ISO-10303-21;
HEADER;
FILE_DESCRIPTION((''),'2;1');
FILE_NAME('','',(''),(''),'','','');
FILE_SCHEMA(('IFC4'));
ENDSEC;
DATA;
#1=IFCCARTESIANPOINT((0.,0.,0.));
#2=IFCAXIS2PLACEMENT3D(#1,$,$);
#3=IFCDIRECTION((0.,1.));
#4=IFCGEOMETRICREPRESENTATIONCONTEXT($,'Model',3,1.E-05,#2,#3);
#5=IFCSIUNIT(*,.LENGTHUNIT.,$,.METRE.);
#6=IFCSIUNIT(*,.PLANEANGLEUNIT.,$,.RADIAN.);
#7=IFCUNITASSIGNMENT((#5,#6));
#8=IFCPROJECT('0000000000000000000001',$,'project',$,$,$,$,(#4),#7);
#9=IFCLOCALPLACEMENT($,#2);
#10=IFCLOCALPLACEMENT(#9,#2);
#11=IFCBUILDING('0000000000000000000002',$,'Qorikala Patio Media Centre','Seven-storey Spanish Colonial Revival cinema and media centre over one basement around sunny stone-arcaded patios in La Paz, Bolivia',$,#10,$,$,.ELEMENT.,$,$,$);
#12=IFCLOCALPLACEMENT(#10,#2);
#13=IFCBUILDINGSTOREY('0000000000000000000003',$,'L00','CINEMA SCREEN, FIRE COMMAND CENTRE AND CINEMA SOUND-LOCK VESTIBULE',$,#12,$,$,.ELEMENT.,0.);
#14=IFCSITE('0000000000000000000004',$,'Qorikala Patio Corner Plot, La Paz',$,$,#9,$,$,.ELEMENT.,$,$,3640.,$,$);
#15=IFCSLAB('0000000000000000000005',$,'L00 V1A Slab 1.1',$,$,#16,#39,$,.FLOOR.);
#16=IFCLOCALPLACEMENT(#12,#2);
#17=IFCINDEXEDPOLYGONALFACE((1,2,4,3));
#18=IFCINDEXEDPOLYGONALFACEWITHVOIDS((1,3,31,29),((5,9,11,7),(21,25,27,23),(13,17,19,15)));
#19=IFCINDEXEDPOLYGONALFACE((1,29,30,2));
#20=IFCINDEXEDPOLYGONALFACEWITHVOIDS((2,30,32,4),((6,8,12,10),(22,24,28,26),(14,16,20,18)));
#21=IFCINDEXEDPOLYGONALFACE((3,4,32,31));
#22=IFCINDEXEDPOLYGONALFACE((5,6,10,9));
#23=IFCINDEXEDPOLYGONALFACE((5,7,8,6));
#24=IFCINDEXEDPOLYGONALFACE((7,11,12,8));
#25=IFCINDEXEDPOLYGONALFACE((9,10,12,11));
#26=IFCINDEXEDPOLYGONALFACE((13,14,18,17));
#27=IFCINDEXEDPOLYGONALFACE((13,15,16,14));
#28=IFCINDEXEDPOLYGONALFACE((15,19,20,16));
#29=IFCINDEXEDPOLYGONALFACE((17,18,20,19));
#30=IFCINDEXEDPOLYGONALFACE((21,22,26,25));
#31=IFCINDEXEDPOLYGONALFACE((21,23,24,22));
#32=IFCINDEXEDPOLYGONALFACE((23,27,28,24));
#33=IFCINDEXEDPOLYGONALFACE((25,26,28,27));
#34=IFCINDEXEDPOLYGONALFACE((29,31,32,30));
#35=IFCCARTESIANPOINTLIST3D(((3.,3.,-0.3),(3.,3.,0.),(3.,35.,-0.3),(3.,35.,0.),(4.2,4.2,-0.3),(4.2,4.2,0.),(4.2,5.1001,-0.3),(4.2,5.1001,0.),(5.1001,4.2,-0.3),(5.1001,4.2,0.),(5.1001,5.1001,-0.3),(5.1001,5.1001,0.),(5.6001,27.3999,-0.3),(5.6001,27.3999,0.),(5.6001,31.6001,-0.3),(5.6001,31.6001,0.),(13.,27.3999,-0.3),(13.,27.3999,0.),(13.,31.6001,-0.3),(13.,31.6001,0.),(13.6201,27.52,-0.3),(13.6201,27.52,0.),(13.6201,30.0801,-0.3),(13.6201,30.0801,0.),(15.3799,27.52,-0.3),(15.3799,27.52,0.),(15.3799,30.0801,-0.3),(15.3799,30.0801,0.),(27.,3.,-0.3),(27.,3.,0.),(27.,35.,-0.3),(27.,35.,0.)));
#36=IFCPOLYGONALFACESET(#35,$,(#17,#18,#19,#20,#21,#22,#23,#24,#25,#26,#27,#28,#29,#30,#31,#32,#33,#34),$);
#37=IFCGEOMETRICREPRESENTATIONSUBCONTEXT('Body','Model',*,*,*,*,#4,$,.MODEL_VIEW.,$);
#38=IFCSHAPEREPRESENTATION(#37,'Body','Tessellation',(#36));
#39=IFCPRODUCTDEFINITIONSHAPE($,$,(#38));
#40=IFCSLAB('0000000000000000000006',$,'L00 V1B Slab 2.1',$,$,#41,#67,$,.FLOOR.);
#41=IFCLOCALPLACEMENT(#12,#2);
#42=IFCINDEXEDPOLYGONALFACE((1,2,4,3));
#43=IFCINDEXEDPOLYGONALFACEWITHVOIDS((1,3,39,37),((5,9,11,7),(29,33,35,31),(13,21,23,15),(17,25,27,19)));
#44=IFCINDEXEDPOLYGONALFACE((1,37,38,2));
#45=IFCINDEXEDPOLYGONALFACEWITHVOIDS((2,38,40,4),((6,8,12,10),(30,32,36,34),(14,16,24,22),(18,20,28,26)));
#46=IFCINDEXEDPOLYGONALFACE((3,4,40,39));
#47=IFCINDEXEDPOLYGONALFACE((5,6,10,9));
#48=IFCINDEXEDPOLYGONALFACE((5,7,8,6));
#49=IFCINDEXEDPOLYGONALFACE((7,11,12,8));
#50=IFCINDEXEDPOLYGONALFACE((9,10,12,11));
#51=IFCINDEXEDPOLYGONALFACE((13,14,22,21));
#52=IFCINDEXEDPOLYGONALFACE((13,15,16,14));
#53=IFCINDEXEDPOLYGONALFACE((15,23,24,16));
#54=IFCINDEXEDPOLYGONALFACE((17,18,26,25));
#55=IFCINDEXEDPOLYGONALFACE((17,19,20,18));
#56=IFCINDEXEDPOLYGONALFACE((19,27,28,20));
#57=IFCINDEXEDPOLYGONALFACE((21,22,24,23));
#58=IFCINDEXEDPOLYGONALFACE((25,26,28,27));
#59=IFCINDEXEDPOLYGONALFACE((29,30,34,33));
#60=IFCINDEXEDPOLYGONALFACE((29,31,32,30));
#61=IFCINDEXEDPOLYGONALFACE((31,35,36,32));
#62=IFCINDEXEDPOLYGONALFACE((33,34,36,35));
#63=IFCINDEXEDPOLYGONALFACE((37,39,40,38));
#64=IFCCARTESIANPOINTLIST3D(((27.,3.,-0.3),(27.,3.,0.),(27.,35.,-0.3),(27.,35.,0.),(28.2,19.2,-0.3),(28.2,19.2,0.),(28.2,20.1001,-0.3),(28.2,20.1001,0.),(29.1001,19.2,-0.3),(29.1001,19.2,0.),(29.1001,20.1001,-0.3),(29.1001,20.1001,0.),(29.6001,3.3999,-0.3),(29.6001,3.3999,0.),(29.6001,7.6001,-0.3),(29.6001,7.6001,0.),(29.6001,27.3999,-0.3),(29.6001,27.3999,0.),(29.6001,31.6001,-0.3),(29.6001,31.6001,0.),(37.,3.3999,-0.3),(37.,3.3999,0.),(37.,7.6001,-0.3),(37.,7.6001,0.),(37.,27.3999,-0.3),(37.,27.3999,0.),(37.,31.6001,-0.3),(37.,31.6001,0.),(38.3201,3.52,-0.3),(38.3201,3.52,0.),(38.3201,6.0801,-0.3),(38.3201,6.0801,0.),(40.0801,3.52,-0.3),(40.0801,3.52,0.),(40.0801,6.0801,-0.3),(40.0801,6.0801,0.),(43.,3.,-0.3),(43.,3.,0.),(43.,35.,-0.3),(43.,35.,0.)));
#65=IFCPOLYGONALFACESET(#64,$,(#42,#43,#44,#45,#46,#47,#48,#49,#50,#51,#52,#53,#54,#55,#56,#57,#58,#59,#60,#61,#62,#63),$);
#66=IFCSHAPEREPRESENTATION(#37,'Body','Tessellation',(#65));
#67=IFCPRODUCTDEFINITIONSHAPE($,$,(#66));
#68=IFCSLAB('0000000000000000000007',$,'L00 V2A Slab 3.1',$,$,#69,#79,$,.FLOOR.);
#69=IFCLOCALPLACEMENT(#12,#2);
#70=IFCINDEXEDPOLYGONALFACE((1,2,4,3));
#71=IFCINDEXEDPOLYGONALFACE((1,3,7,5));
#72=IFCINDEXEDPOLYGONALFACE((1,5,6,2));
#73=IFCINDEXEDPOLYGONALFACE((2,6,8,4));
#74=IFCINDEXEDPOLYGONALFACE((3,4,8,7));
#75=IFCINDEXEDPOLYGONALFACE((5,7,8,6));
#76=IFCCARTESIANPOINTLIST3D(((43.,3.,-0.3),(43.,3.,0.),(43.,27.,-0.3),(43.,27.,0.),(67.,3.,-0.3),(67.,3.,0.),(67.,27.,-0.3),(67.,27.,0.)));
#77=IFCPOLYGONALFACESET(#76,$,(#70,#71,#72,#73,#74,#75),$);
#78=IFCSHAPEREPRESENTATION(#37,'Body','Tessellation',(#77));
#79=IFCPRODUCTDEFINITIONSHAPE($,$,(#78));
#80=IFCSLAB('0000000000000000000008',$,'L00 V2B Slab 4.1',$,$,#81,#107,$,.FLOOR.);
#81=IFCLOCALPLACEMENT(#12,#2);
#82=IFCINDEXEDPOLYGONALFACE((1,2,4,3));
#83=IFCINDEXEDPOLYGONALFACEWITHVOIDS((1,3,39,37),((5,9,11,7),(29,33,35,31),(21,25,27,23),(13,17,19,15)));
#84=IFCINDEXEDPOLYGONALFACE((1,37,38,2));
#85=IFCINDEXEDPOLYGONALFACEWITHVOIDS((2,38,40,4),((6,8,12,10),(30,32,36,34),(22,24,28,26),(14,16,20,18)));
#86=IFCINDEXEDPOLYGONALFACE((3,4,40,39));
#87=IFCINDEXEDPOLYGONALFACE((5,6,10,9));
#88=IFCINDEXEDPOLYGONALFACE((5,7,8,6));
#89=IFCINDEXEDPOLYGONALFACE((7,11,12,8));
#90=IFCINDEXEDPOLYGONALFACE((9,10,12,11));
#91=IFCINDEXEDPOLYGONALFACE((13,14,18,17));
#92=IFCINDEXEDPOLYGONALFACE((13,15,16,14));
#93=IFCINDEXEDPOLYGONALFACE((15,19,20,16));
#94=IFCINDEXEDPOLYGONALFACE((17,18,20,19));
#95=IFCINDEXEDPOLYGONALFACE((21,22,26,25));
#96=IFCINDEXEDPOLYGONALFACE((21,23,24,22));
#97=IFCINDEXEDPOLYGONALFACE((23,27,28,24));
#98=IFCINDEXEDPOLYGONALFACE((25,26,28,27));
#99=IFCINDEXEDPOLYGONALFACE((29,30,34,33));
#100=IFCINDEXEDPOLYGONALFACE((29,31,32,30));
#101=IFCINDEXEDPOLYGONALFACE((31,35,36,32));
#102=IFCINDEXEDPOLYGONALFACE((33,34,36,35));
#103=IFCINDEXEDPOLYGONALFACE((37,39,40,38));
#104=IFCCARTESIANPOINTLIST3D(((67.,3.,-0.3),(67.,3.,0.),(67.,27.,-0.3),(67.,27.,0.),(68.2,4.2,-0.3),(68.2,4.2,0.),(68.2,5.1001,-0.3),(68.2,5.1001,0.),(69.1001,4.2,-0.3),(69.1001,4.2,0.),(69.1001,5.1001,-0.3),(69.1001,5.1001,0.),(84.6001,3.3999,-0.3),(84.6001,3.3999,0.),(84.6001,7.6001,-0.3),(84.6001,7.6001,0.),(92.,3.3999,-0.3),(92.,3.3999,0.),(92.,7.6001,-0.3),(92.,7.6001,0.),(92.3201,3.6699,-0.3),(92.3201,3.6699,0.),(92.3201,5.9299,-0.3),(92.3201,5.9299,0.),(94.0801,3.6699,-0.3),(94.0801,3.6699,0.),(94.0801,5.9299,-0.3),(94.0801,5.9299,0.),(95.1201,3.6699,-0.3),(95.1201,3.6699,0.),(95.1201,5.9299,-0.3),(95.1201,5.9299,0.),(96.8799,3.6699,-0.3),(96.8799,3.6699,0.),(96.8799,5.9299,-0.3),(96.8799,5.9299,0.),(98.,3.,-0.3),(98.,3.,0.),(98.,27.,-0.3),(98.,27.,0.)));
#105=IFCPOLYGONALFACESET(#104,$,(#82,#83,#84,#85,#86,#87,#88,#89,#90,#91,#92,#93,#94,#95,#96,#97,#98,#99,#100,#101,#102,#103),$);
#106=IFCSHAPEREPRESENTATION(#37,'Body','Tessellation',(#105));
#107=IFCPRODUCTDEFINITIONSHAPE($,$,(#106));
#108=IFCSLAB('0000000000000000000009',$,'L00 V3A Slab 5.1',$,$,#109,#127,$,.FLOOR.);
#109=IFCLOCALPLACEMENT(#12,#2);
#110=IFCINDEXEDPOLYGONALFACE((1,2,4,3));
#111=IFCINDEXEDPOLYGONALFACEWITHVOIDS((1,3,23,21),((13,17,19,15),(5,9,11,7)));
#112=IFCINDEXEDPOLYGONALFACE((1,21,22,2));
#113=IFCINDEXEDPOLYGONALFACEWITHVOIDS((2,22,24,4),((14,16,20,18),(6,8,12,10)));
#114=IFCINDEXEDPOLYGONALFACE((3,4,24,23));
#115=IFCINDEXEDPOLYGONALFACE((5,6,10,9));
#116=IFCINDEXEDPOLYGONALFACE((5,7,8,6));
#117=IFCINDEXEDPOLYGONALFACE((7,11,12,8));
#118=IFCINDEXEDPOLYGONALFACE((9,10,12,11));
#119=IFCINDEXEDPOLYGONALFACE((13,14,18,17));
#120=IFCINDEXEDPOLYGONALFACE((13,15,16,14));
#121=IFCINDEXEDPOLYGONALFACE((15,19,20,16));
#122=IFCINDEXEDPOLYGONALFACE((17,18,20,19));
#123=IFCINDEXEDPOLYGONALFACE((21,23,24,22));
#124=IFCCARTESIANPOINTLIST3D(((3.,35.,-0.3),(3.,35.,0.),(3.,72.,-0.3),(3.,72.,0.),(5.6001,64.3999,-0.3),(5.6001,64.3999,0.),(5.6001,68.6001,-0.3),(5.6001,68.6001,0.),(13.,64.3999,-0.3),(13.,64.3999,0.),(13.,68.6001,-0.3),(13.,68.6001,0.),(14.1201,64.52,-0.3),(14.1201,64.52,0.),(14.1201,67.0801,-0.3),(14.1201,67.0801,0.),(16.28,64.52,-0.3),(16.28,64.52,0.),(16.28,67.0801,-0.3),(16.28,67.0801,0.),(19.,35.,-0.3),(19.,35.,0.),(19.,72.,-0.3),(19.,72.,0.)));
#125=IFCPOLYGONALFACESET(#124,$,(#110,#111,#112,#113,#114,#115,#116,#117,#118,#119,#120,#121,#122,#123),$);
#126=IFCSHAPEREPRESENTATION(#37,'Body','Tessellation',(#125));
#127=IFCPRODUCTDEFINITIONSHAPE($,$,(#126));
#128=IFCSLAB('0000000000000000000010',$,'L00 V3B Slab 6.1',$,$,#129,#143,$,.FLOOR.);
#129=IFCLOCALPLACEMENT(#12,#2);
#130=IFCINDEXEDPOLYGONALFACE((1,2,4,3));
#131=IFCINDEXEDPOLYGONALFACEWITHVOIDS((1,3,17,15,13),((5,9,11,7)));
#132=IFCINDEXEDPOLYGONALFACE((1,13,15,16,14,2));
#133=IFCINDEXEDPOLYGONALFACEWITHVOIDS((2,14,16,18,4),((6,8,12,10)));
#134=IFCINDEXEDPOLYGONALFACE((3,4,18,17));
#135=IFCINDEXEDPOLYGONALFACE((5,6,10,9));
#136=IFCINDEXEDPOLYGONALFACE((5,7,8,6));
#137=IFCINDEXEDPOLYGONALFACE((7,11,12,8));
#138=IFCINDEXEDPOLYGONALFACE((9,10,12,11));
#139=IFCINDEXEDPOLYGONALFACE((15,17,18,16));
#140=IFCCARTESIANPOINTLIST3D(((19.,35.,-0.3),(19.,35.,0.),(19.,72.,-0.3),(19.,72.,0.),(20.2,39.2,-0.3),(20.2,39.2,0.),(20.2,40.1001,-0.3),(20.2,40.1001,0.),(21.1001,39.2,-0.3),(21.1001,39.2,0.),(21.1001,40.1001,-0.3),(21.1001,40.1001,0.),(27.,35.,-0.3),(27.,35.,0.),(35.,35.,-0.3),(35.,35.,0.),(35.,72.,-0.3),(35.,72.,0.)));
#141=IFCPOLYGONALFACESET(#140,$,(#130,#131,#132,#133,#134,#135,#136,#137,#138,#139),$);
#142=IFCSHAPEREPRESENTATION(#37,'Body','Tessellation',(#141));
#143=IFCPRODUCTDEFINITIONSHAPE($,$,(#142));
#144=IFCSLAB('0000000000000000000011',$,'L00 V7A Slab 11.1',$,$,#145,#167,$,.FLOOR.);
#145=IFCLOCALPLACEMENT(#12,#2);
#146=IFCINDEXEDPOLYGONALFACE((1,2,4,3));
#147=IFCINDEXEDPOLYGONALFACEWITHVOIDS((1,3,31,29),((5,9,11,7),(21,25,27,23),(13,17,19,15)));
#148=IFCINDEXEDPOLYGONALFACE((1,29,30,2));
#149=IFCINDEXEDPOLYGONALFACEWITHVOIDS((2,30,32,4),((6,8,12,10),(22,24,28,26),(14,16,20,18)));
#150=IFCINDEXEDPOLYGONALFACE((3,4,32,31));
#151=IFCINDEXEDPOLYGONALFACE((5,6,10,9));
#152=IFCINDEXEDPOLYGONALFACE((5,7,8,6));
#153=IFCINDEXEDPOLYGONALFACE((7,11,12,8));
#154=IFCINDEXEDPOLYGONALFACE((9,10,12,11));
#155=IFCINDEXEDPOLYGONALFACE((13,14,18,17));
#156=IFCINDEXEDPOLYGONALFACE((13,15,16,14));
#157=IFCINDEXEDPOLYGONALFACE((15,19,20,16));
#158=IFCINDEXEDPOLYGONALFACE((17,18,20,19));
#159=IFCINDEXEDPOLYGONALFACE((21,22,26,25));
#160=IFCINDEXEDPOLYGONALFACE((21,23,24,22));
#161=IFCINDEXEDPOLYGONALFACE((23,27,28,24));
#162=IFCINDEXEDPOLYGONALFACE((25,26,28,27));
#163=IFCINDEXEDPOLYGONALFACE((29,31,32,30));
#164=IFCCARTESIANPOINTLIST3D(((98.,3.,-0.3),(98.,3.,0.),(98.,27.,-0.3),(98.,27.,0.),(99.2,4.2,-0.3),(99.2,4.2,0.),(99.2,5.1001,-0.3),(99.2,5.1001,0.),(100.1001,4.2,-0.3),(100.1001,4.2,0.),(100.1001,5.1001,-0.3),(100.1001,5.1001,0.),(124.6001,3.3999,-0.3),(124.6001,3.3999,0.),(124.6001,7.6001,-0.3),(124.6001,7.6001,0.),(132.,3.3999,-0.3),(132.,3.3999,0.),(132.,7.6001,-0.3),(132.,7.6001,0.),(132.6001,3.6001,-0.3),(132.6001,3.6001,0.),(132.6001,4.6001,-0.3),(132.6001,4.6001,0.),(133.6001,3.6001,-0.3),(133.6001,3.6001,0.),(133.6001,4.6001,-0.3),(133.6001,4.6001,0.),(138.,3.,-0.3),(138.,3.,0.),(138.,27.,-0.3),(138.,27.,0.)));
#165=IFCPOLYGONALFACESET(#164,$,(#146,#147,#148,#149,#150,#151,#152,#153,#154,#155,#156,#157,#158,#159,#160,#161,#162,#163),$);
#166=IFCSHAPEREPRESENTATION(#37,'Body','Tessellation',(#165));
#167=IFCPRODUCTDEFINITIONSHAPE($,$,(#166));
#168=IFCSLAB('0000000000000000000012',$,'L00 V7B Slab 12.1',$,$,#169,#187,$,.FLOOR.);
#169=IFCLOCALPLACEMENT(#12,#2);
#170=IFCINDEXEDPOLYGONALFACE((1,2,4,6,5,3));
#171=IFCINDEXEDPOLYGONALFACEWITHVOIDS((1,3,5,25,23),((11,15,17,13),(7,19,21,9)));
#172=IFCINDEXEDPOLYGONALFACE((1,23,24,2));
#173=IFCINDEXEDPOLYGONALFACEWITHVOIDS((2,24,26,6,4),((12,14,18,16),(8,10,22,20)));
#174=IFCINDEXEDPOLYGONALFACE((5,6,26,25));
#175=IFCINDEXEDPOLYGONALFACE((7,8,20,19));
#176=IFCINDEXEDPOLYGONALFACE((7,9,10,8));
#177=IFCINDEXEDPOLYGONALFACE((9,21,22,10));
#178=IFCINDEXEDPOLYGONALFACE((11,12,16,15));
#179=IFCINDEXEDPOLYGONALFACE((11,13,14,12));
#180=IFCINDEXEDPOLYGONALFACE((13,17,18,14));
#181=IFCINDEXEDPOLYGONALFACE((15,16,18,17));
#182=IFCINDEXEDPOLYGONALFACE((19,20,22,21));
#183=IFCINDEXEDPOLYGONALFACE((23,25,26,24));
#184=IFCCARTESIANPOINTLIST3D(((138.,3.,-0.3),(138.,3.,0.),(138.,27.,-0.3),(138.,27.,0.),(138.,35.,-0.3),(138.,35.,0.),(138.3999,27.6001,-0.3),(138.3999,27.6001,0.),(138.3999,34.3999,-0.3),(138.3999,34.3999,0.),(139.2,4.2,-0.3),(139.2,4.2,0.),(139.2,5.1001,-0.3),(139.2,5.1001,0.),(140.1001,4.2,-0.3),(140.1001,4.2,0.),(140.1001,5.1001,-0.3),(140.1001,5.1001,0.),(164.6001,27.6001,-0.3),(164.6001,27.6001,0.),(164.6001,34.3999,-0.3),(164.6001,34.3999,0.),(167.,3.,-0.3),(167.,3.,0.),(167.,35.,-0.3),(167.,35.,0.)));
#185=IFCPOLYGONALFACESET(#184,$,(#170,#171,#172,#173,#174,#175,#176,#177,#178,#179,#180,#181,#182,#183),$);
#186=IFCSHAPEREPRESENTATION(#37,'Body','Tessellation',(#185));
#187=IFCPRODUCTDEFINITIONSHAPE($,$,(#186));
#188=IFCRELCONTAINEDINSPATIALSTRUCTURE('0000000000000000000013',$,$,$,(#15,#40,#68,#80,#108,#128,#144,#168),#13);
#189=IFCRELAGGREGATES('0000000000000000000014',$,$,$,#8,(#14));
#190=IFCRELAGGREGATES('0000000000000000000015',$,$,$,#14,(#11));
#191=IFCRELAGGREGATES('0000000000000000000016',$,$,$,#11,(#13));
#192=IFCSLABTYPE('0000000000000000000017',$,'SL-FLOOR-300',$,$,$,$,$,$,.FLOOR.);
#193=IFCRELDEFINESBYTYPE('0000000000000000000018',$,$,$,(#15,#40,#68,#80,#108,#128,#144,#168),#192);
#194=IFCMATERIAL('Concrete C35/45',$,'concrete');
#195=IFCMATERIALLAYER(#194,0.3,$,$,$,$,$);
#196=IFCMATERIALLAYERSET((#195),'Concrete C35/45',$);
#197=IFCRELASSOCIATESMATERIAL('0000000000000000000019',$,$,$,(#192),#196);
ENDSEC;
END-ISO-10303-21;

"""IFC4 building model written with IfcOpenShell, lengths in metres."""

from ifc_helpers import new_model, si_unit, direction, frame, origin, place, context, subcontext, project, spatial, polyline, outline, extrude, material, layer, layer_set, type_object, element, save


model = new_model("IFC4")

# Units and contexts
model_context = context("Model", 3, precision=1e-05, world=origin(), true_north=direction((0.0, 1.0)))
body_context = subcontext(model_context, "Body", "Model", "MODEL_VIEW")
ifc_project = project(units=[si_unit("LENGTHUNIT", "METRE"), si_unit("PLANEANGLEUNIT", "RADIAN")], contexts=[model_context])

# Site, building, storey
site_placement = place(None, origin())
site = spatial("IfcSite", under=ifc_project, at=site_placement, Name="Qorikala Patio Corner Plot, La Paz", CompositionType="ELEMENT", RefElevation=3640.0)
building_placement = place(site_placement, origin())
building = spatial("IfcBuilding", under=site, at=building_placement, Name="Qorikala Patio Media Centre", Description="Seven-storey Spanish Colonial Revival cinema and media centre over one basement around sunny stone-arcaded patios in La Paz, Bolivia", CompositionType="ELEMENT")
storey_placement = place(building_placement, origin())
storey = spatial("IfcBuildingStorey", under=building, at=storey_placement, Name="L00", Description="CINEMA SCREEN, FIRE COMMAND CENTRE AND CINEMA SOUND-LOCK VESTIBULE", CompositionType="ELEMENT", Elevation=0.0)

# Slabs
ifc_material_1 = material(Name="Concrete C35/45", Category="concrete")
ifc_layer_1 = layer(ifc_material_1, 0.3)
ifc_layer_set_1 = layer_set([ifc_layer_1], Name="Concrete C35/45")
slab_type_1 = type_object("IfcSlabType", Name="SL-FLOOR-300", PredefinedType="FLOOR", material=ifc_layer_set_1)
slab_1_placement = place(storey_placement, frame((0.0, 0.0, -0.3)))
element("IfcSlab", 1, at=slab_1_placement, inside=storey, type_object=slab_type_1, Name="L00 V1A Slab 1.1", PredefinedType="FLOOR", context=body_context, shape_type="SweptSolid", body=[
    extrude(outline(polyline([(3.0, 35.0), (27.0, 35.0), (27.0, 3.0), (3.0, 3.0), (3.0, 35.0)]), holes=[polyline([(5.1001, 4.2), (5.1001, 5.1001), (4.2, 5.1001), (4.2, 4.2), (5.1001, 4.2)]), polyline([(13.6201, 27.52), (15.3799, 27.52), (15.3799, 30.0801), (13.6201, 30.0801), (13.6201, 27.52)]), polyline([(5.6001, 27.3999), (13.0, 27.3999), (13.0, 31.6001), (5.6001, 31.6001), (5.6001, 27.3999)])]), origin(), (0.0, 0.0, 1.0), 0.3),
])
slab_2_placement = place(storey_placement, frame((0.0, 0.0, -0.3)))
element("IfcSlab", 2, at=slab_2_placement, inside=storey, type_object=slab_type_1, Name="L00 V1B Slab 2.1", PredefinedType="FLOOR", context=body_context, shape_type="SweptSolid", body=[
    extrude(outline(polyline([(43.0, 3.0), (27.0, 3.0), (27.0, 35.0), (43.0, 35.0), (43.0, 3.0)]), holes=[polyline([(38.3201, 3.52), (40.0801, 3.52), (40.0801, 6.0801), (38.3201, 6.0801), (38.3201, 3.52)]), polyline([(29.6001, 3.3999), (37.0, 3.3999), (37.0, 7.6001), (29.6001, 7.6001), (29.6001, 3.3999)]), polyline([(29.1001, 19.2), (29.1001, 20.1001), (28.2, 20.1001), (28.2, 19.2), (29.1001, 19.2)]), polyline([(37.0, 27.3999), (37.0, 31.6001), (29.6001, 31.6001), (29.6001, 27.3999), (37.0, 27.3999)])]), origin(), (0.0, 0.0, 1.0), 0.3),
])
slab_3_placement = place(storey_placement, frame((0.0, 0.0, -0.3)))
element("IfcSlab", 3, at=slab_3_placement, inside=storey, type_object=slab_type_1, Name="L00 V2A Slab 3.1", PredefinedType="FLOOR", context=body_context, shape_type="SweptSolid", body=[
    extrude(outline(polyline([(67.0, 3.0), (43.0, 3.0), (43.0, 27.0), (67.0, 27.0), (67.0, 3.0)])), origin(), (0.0, 0.0, 1.0), 0.3),
])
slab_4_placement = place(storey_placement, frame((0.0, 0.0, -0.3)))
element("IfcSlab", 4, at=slab_4_placement, inside=storey, type_object=slab_type_1, Name="L00 V2B Slab 4.1", PredefinedType="FLOOR", context=body_context, shape_type="SweptSolid", body=[
    extrude(outline(polyline([(98.0, 3.0), (67.0, 3.0), (67.0, 27.0), (98.0, 27.0), (98.0, 3.0)]), holes=[polyline([(68.2, 4.2), (69.1001, 4.2), (69.1001, 5.1001), (68.2, 5.1001), (68.2, 4.2)]), polyline([(92.3201, 3.6699), (94.0801, 3.6699), (94.0801, 5.9299), (92.3201, 5.9299), (92.3201, 3.6699)]), polyline([(95.1201, 3.6699), (96.8799, 3.6699), (96.8799, 5.9299), (95.1201, 5.9299), (95.1201, 3.6699)]), polyline([(92.0, 3.3999), (92.0, 7.6001), (84.6001, 7.6001), (84.6001, 3.3999), (92.0, 3.3999)])]), origin(), (0.0, 0.0, 1.0), 0.3),
])
slab_5_placement = place(storey_placement, frame((0.0, 0.0, -0.3)))
element("IfcSlab", 5, at=slab_5_placement, inside=storey, type_object=slab_type_1, Name="L00 V3A Slab 5.1", PredefinedType="FLOOR", context=body_context, shape_type="SweptSolid", body=[
    extrude(outline(polyline([(19.0, 72.0), (19.0, 35.0), (3.0, 35.0), (3.0, 72.0), (19.0, 72.0)]), holes=[polyline([(14.1201, 64.52), (16.28, 64.52), (16.28, 67.0801), (14.1201, 67.0801), (14.1201, 64.52)]), polyline([(13.0, 64.3999), (13.0, 68.6001), (5.6001, 68.6001), (5.6001, 64.3999), (13.0, 64.3999)])]), origin(), (0.0, 0.0, 1.0), 0.3),
])
slab_6_placement = place(storey_placement, frame((0.0, 0.0, -0.3)))
element("IfcSlab", 6, at=slab_6_placement, inside=storey, type_object=slab_type_1, Name="L00 V3B Slab 6.1", PredefinedType="FLOOR", context=body_context, shape_type="SweptSolid", body=[
    extrude(outline(polyline([(35.0, 35.0), (27.0, 35.0), (19.0, 35.0), (19.0, 72.0), (35.0, 72.0), (35.0, 35.0)]), holes=[polyline([(20.2, 39.2), (21.1001, 39.2), (21.1001, 40.1001), (20.2, 40.1001), (20.2, 39.2)])]), origin(), (0.0, 0.0, 1.0), 0.3),
])
slab_7_placement = place(storey_placement, frame((0.0, 0.0, -0.3)))
element("IfcSlab", 7, at=slab_7_placement, inside=storey, type_object=slab_type_1, Name="L00 V7A Slab 11.1", PredefinedType="FLOOR", context=body_context, shape_type="SweptSolid", body=[
    extrude(outline(polyline([(138.0, 3.0), (98.0, 3.0), (98.0, 27.0), (138.0, 27.0), (138.0, 3.0)]), holes=[polyline([(133.6001, 3.6001), (133.6001, 4.6001), (132.6001, 4.6001), (132.6001, 3.6001), (133.6001, 3.6001)]), polyline([(99.2, 4.2), (100.1001, 4.2), (100.1001, 5.1001), (99.2, 5.1001), (99.2, 4.2)]), polyline([(124.6001, 3.3999), (132.0, 3.3999), (132.0, 7.6001), (124.6001, 7.6001), (124.6001, 3.3999)])]), origin(), (0.0, 0.0, 1.0), 0.3),
])
slab_8_placement = place(storey_placement, frame((0.0, 0.0, -0.3)))
element("IfcSlab", 8, at=slab_8_placement, inside=storey, type_object=slab_type_1, Name="L00 V7B Slab 12.1", PredefinedType="FLOOR", context=body_context, shape_type="SweptSolid", body=[
    extrude(outline(polyline([(167.0, 35.0), (167.0, 3.0), (138.0, 3.0), (138.0, 27.0), (138.0, 35.0), (167.0, 35.0)]), holes=[polyline([(140.1001, 4.2), (140.1001, 5.1001), (139.2, 5.1001), (139.2, 4.2), (140.1001, 4.2)]), polyline([(138.3999, 27.6001), (164.6001, 27.6001), (164.6001, 34.3999), (138.3999, 34.3999), (138.3999, 27.6001)])]), origin(), (0.0, 0.0, 1.0), 0.3),
])

save(model, "model.ifc")
